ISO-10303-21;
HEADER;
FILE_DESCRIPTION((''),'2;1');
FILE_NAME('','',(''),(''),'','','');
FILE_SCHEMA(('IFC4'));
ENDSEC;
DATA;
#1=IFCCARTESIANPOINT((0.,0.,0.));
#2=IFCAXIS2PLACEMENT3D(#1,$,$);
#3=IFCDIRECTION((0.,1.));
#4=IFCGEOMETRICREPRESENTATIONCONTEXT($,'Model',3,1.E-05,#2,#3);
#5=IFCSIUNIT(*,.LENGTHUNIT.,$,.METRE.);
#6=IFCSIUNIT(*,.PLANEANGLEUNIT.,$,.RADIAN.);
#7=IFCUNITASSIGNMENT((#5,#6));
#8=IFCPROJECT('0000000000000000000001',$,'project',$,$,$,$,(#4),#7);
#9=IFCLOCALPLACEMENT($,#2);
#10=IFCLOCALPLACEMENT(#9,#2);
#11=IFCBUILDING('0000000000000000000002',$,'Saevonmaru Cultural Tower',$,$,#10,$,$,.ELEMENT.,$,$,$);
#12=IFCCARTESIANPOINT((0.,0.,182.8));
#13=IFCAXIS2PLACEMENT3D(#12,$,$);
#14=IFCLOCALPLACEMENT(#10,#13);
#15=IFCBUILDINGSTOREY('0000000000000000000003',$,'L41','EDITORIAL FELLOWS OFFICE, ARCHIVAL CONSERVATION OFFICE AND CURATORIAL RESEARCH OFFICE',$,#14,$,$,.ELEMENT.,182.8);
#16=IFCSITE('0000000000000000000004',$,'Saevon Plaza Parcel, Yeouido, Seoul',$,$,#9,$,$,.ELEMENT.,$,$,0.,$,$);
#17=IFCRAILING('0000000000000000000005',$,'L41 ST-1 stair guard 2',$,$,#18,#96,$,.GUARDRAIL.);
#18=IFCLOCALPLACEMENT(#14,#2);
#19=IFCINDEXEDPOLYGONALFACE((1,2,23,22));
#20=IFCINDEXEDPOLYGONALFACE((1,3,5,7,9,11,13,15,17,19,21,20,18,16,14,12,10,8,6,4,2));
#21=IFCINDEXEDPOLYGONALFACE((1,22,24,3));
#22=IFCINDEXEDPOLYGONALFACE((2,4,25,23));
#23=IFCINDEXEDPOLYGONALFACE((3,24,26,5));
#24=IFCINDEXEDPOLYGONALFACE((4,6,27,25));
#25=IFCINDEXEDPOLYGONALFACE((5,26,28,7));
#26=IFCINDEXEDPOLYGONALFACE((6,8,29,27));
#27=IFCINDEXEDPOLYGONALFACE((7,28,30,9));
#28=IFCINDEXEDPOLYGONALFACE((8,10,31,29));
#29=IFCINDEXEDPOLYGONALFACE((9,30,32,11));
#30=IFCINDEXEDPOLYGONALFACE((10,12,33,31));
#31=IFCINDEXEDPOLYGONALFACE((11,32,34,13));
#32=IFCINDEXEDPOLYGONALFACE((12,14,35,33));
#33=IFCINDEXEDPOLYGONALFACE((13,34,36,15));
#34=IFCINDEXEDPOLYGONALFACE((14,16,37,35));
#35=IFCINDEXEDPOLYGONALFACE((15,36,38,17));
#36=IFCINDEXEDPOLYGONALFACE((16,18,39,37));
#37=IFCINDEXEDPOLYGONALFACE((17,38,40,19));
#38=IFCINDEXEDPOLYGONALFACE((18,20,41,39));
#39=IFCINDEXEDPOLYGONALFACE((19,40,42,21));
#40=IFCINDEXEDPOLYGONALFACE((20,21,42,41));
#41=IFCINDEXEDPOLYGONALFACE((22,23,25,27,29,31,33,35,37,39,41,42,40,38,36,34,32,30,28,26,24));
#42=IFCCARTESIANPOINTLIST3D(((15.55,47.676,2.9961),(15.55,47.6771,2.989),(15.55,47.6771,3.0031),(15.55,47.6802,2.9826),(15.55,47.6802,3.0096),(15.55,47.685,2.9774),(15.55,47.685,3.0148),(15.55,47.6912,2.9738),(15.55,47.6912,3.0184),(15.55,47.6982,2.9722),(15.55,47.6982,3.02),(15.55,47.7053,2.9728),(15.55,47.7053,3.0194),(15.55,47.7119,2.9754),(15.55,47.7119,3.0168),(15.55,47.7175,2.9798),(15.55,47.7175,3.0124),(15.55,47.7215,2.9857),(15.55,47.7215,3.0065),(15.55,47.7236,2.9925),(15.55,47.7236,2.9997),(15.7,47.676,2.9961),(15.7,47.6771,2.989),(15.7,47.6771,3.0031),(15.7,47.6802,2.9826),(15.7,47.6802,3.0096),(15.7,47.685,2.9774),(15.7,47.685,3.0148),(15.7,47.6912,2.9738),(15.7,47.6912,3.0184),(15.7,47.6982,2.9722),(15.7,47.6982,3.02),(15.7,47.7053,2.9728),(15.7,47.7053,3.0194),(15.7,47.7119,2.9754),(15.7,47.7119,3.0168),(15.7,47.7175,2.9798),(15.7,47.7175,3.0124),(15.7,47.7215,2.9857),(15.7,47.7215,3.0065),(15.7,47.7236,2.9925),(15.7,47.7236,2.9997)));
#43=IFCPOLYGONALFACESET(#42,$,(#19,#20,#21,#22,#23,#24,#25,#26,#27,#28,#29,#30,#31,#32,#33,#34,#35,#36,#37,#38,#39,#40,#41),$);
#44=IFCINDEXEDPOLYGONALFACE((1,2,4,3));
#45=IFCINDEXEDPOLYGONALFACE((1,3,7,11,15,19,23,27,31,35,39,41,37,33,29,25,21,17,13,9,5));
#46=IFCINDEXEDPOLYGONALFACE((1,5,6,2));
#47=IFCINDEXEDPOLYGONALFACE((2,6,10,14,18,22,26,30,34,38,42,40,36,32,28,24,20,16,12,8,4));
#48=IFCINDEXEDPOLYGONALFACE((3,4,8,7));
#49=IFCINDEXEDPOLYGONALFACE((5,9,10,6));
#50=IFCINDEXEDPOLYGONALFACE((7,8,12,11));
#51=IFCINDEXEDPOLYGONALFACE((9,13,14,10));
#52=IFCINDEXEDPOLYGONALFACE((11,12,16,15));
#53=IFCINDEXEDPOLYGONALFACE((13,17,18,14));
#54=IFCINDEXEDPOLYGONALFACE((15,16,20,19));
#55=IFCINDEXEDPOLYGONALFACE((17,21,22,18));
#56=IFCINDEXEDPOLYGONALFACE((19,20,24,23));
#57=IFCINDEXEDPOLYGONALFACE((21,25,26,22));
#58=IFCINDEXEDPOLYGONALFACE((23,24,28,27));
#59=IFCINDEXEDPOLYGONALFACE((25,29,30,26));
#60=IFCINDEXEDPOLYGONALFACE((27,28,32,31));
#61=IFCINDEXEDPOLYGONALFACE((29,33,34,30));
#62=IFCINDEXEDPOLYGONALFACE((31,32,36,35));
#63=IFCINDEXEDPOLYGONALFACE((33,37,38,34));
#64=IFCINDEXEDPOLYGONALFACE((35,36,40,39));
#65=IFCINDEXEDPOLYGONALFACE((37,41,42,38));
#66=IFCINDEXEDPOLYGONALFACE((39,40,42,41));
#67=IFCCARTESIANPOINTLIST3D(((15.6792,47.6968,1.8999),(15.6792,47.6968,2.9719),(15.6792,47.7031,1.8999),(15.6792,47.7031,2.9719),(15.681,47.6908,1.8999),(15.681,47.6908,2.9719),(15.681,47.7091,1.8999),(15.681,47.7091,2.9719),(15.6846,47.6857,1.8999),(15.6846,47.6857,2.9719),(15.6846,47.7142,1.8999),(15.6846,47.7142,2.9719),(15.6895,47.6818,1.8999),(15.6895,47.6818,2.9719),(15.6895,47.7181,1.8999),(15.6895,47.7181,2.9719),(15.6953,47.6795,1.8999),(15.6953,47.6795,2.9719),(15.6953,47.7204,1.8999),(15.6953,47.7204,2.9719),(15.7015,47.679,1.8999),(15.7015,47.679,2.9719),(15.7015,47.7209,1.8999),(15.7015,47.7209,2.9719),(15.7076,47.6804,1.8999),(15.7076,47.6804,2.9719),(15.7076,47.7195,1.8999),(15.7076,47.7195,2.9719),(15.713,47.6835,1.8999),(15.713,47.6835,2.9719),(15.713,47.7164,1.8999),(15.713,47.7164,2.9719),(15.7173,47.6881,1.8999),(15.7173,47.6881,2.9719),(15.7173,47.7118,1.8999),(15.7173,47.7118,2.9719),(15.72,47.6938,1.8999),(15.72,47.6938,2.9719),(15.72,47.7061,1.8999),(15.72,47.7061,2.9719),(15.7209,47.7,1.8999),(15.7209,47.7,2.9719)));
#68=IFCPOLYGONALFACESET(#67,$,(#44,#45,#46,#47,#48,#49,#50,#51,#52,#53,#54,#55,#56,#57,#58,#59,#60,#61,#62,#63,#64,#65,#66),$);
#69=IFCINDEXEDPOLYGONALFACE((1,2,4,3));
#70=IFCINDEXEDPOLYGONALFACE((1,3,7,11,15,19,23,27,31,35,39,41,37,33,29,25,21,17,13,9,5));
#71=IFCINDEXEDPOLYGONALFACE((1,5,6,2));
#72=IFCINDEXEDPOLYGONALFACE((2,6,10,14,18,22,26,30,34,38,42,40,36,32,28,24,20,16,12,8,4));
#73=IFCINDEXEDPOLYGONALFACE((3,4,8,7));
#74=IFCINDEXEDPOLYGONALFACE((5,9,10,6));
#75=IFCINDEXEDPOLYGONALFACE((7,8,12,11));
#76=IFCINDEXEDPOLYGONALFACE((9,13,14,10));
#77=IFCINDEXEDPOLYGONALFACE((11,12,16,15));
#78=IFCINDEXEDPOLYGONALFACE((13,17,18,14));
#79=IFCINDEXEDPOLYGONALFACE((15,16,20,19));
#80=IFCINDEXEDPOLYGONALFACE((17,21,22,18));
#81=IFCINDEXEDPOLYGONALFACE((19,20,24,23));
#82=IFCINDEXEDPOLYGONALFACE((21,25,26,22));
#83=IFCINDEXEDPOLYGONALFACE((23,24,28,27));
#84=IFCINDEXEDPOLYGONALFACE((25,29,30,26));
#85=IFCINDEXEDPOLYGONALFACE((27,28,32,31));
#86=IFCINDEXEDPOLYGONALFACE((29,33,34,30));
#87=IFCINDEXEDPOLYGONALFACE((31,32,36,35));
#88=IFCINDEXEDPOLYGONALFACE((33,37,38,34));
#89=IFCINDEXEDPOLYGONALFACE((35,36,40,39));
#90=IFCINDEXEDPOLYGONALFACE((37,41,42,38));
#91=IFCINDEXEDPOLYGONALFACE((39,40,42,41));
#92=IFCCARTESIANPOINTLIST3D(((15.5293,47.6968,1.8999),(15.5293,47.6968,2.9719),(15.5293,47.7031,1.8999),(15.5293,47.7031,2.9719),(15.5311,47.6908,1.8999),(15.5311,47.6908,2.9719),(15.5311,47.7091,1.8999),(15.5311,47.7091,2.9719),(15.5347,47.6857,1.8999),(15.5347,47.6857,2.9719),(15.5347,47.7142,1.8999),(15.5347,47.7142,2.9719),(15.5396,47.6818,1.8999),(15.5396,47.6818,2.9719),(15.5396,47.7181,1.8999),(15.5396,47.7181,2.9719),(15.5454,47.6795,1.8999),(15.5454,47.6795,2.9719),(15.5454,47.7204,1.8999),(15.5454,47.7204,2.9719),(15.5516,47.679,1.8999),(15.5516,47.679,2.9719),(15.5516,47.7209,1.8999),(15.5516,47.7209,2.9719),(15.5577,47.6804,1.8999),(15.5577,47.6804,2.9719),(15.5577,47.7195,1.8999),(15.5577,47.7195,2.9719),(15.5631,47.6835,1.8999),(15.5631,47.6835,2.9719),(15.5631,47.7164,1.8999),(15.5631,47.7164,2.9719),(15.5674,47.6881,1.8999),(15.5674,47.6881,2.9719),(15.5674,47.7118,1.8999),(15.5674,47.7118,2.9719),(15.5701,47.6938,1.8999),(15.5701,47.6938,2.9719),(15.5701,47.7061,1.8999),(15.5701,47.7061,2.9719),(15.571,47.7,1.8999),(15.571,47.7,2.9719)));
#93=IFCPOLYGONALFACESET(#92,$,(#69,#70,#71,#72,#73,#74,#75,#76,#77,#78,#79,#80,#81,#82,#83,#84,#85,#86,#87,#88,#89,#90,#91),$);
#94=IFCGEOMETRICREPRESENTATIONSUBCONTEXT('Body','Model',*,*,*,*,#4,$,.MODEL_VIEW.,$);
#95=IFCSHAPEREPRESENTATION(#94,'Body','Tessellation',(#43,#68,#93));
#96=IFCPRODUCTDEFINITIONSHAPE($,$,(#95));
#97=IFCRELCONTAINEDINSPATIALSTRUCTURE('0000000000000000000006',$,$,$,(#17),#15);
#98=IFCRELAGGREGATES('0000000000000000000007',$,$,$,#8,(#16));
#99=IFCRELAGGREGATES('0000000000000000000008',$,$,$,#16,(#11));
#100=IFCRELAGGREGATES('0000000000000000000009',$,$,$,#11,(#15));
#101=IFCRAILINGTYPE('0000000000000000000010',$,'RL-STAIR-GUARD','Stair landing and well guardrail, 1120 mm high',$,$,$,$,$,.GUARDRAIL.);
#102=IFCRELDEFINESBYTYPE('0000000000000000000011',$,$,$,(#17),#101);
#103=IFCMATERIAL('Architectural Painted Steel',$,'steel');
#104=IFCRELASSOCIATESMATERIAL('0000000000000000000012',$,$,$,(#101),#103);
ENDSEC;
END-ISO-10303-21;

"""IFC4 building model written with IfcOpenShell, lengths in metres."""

from ifc_helpers import new_model, si_unit, direction, frame, origin, origin_2d, place, context, subcontext, project, spatial, circle, extrude, material, type_object, element, save


model = new_model("IFC4")

# Units and contexts
model_context = context("Model", 3, precision=1e-05, world=origin(), true_north=direction((0.0, 1.0)))
body_context = subcontext(model_context, "Body", "Model", "MODEL_VIEW")
ifc_project = project(units=[si_unit("LENGTHUNIT", "METRE"), si_unit("PLANEANGLEUNIT", "RADIAN")], contexts=[model_context])

# Site, building, storey
site_placement = place(None, origin())
site = spatial("IfcSite", under=ifc_project, at=site_placement, Name="Saevon Plaza Parcel, Yeouido, Seoul", CompositionType="ELEMENT", RefElevation=0.0)
building_placement = place(site_placement, origin())
building = spatial("IfcBuilding", under=site, at=building_placement, Name="Saevonmaru Cultural Tower", CompositionType="ELEMENT")
storey_placement = place(building_placement, frame((0.0, 0.0, 182.8)))
storey = spatial("IfcBuildingStorey", under=building, at=storey_placement, Name="L41", Description="EDITORIAL FELLOWS OFFICE, ARCHIVAL CONSERVATION OFFICE AND CURATORIAL RESEARCH OFFICE", CompositionType="ELEMENT", Elevation=182.8)

# Railing
ifc_material_1 = material(Name="Architectural Painted Steel", Category="steel")
railing_type_1 = type_object("IfcRailingType", Name="RL-STAIR-GUARD", Description="Stair landing and well guardrail, 1120 mm high", PredefinedType="GUARDRAIL", material=ifc_material_1)
railing_1_placement = place(storey_placement, frame((15.7, 47.7, 1.8999)))
element("IfcRailing", 1, at=railing_1_placement, inside=storey, type_object=railing_type_1, Name="L41 ST-1 stair guard 2", PredefinedType="GUARDRAIL", context=body_context, shape_type="SweptSolid", body=[
    extrude(circle(Radius=0.0239, at=origin_2d()), frame((0.0, 0.0, 1.0962), z_axis=(-1.0, 0.0, 0.0), x_axis=(0.0, -1.0, 0.0)), (0.0, 0.0, 1.0), 0.1499),
    extrude(circle(Radius=0.021, at=origin_2d()), origin(), (0.0, 0.0, 1.0), 1.072),
    extrude(circle(Radius=0.021, at=origin_2d()), frame((-0.1499, 0.0, 0.0)), (0.0, 0.0, 1.0), 1.072),
])

save(model, "model.ifc")
